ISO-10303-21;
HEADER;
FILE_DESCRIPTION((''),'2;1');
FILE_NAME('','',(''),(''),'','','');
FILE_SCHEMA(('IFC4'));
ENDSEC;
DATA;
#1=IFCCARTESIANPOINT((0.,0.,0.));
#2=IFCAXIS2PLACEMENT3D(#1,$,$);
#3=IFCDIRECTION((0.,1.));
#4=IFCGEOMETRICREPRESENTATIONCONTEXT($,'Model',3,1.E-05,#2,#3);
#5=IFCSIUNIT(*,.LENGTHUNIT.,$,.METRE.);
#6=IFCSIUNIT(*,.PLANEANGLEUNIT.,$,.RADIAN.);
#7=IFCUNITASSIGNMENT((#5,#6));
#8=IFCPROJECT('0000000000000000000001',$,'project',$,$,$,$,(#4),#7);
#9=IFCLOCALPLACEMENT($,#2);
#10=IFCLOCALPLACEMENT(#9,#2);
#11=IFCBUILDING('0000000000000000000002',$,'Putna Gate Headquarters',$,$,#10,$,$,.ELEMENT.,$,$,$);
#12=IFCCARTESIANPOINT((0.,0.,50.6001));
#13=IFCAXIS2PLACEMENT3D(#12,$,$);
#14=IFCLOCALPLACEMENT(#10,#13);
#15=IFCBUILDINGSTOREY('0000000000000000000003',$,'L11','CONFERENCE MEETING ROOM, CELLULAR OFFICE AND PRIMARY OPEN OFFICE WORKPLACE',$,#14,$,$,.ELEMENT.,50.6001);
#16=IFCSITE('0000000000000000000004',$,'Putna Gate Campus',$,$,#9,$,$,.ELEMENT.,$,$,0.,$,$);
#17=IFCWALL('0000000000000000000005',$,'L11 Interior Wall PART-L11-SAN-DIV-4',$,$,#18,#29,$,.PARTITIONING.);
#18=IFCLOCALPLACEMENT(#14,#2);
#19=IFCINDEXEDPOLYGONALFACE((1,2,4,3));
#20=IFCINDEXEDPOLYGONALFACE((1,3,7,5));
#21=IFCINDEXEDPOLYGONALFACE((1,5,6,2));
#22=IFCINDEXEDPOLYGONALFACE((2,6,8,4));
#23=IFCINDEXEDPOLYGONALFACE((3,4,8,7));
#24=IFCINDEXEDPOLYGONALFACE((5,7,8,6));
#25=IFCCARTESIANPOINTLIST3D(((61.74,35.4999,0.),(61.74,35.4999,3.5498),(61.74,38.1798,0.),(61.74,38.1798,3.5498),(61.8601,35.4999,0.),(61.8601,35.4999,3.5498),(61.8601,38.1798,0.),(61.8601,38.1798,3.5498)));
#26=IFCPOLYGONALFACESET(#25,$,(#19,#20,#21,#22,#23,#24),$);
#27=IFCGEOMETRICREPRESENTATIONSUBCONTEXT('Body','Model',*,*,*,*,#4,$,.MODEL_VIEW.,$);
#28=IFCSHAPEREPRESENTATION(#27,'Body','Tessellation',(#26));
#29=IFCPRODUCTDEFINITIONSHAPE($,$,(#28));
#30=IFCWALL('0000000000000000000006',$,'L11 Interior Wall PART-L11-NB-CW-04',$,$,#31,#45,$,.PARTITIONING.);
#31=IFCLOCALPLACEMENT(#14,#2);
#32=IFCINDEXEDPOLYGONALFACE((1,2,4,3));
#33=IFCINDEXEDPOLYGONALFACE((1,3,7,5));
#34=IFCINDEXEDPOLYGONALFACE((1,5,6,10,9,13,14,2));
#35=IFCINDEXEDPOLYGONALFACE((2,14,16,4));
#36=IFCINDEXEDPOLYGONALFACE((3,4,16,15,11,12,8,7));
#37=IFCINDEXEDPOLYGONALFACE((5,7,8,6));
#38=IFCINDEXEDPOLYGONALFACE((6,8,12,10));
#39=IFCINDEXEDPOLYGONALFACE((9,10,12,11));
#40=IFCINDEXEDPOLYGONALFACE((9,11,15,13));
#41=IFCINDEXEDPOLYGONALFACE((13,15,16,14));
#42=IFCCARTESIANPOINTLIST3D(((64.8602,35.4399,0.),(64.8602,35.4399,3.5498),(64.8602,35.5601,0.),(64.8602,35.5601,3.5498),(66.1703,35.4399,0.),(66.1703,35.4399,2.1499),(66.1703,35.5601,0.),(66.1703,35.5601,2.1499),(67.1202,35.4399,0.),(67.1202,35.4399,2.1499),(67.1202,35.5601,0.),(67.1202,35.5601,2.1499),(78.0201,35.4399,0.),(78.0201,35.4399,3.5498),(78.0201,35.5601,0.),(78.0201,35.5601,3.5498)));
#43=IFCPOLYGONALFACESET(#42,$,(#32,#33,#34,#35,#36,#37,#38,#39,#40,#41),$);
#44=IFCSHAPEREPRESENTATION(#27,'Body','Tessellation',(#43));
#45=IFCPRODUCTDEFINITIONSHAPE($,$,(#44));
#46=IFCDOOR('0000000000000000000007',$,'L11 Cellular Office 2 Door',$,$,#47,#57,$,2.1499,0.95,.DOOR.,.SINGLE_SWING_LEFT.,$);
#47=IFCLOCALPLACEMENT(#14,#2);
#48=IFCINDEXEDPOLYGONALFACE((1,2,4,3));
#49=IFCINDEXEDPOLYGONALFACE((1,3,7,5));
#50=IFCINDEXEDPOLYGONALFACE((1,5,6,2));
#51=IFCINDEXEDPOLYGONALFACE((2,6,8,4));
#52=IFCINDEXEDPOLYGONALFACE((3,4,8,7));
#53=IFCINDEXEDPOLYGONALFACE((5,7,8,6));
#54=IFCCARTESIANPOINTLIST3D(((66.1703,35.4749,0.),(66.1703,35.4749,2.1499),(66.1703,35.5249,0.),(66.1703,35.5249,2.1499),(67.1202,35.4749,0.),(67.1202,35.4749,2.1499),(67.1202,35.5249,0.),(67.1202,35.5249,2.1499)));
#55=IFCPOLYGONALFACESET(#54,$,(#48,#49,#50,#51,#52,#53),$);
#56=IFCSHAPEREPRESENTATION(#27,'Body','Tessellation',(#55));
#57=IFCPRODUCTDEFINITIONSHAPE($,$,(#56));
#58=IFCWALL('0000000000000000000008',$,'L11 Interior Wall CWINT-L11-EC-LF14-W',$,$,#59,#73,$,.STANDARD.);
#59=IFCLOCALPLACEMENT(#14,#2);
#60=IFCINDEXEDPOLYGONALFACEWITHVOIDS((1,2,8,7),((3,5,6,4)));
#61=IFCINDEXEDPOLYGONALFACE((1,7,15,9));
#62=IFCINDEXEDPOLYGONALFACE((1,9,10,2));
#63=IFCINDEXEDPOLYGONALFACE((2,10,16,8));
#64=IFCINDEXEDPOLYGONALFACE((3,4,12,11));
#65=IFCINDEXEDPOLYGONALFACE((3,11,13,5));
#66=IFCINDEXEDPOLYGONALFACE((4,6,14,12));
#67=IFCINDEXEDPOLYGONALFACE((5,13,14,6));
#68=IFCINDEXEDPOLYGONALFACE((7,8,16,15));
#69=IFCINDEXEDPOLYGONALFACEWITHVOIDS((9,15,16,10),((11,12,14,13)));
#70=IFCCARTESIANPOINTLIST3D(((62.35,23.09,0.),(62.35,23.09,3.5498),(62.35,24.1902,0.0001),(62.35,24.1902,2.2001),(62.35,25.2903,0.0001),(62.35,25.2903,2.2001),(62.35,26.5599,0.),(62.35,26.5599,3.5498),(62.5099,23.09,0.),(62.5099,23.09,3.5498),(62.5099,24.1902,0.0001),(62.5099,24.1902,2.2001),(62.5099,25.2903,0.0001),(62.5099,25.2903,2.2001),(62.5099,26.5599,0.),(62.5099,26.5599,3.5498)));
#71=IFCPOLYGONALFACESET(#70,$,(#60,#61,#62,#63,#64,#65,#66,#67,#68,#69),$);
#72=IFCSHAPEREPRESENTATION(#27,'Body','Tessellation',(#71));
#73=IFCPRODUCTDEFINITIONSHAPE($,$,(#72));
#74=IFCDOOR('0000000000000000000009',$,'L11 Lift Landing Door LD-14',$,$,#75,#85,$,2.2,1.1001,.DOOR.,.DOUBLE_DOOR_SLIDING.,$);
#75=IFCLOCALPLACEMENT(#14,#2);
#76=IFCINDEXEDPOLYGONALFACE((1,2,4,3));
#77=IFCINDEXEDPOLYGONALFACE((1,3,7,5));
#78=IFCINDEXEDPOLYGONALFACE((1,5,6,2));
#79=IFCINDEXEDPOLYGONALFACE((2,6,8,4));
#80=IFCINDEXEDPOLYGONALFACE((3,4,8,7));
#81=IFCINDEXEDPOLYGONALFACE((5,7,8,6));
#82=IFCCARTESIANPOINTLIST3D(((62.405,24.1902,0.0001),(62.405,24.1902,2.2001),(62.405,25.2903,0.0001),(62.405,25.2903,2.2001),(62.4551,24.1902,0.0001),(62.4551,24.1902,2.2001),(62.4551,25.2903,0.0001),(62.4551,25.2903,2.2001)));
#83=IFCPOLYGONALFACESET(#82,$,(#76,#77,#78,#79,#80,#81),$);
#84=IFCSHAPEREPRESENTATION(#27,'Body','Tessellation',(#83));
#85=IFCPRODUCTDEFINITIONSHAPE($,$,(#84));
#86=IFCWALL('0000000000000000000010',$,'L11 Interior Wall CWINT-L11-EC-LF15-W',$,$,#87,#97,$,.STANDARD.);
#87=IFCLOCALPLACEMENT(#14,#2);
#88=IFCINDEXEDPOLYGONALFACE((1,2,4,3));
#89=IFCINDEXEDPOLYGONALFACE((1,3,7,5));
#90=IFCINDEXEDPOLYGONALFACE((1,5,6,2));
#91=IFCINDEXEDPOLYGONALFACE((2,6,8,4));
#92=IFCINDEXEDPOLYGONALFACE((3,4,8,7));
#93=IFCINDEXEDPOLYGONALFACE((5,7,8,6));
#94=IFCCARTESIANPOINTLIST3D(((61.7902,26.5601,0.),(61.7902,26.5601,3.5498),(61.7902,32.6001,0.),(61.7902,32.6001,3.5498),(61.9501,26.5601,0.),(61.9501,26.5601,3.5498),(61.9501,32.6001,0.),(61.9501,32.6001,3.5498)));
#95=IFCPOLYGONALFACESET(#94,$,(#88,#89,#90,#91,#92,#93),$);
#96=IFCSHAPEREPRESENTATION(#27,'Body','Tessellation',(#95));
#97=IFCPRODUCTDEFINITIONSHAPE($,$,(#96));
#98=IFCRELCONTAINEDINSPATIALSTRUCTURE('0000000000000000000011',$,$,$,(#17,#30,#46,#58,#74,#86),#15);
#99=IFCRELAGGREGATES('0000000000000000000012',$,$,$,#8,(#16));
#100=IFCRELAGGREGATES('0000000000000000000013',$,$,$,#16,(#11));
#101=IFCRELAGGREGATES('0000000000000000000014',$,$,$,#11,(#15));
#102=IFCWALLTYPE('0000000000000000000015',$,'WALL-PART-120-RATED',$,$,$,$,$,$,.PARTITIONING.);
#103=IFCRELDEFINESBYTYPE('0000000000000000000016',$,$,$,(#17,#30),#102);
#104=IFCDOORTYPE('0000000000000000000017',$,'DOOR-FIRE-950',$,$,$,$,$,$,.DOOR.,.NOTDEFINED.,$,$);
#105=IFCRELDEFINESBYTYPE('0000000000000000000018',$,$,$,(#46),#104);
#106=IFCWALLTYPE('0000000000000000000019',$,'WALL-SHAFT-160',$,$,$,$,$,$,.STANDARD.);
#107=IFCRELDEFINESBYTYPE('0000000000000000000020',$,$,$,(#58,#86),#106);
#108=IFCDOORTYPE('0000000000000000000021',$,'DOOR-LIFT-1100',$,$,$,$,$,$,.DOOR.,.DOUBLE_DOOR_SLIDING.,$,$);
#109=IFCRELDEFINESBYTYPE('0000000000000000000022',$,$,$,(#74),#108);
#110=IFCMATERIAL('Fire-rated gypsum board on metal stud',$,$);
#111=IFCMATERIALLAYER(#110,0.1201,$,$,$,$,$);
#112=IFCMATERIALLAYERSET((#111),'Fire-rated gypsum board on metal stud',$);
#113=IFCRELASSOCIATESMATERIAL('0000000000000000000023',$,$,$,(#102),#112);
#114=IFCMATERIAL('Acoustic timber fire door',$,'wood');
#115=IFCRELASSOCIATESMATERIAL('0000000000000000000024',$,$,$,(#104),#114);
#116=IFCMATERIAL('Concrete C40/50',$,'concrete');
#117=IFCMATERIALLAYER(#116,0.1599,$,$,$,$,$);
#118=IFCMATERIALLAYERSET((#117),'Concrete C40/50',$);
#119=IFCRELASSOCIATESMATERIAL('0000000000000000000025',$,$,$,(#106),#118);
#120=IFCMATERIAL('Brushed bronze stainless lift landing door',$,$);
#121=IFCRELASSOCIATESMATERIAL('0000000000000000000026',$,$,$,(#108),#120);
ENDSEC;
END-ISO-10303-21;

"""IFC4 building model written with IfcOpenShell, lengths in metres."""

from ifc_helpers import new_model, si_unit, direction, frame, frame_2d, origin, place, context, subcontext, project, spatial, rectangle, extrude, material, layer, layer_set, type_object, element, fill, save


model = new_model("IFC4")

# Units and contexts
model_context = context("Model", 3, precision=1e-05, world=origin(), true_north=direction((0.0, 1.0)))
body_context = subcontext(model_context, "Body", "Model", "MODEL_VIEW")
ifc_project = project(units=[si_unit("LENGTHUNIT", "METRE"), si_unit("PLANEANGLEUNIT", "RADIAN")], contexts=[model_context])

# Site, building, storey
site_placement = place(None, origin())
site = spatial("IfcSite", under=ifc_project, at=site_placement, Name="Putna Gate Campus", CompositionType="ELEMENT", RefElevation=0.0)
building_placement = place(site_placement, origin())
building = spatial("IfcBuilding", under=site, at=building_placement, Name="Putna Gate Headquarters", CompositionType="ELEMENT")
storey_placement = place(building_placement, frame((0.0, 0.0, 50.6001)))
storey = spatial("IfcBuildingStorey", under=building, at=storey_placement, Name="L11", Description="CONFERENCE MEETING ROOM, CELLULAR OFFICE AND PRIMARY OPEN OFFICE WORKPLACE", CompositionType="ELEMENT", Elevation=50.6001)

# Wall
ifc_material_1 = material(Name="Fire-rated gypsum board on metal stud")
ifc_layer_1 = layer(ifc_material_1, 0.1201)
ifc_layer_set_1 = layer_set([ifc_layer_1], Name="Fire-rated gypsum board on metal stud")
wall_type_1 = type_object("IfcWallType", Name="WALL-PART-120-RATED", PredefinedType="PARTITIONING", material=ifc_layer_set_1)
for number, where, z_axis, x_axis, name in (
    (1, (61.8, 35.5, 0.0), (0.0, 0.0, 1.0), (0.0, 1.0, 0.0), "L11 Interior Wall PART-L11-SAN-DIV-4"),
):
    element("IfcWall", number, at=place(storey_placement, frame(where, z_axis=z_axis, x_axis=x_axis)), inside=storey, type_object=wall_type_1, Name=name, PredefinedType="PARTITIONING", context=body_context, shape_type="SweptSolid", body=[
        extrude(rectangle(XDim=2.6799, YDim=0.1201, at=frame_2d((1.3398, 0.0))), origin(), (0.0, 0.0, 1.0), 3.5498),
    ])

# Walls, openings, doors
wall_1_placement = place(storey_placement, frame((64.8601, 35.5, 0.0), z_axis=(0.0, 0.0, 1.0), x_axis=(1.0, 0.0, 0.0)))
wall_1 = element("IfcWall", 2, at=wall_1_placement, inside=storey, type_object=wall_type_1, Name="L11 Interior Wall PART-L11-NB-CW-04", PredefinedType="PARTITIONING", context=body_context, shape_type="SweptSolid", body=[
    extrude(rectangle(XDim=13.1599, YDim=0.1201, at=frame_2d((6.5801, 0.0))), origin(), (0.0, 0.0, 1.0), 3.5498),
])
opening_1_placement = place(wall_1_placement, frame((1.3101, 0.0, 0.0)))
opening_1 = element("IfcOpeningElement", 3, at=opening_1_placement, cuts=wall_1, PredefinedType="OPENING", context=body_context, shape_type="SweptSolid", body=[
    extrude(rectangle(XDim=0.95, YDim=2.1499, at=frame_2d((0.4751, 1.075))), frame((0.0, 0.0701, 0.0), z_axis=(0.0, -1.0, 0.0), x_axis=(1.0, 0.0, 0.0)), (0.0, 0.0, 1.0), 0.1401),
])
ifc_material_2 = material(Name="Acoustic timber fire door", Category="wood")
door_type_1 = type_object("IfcDoorType", Name="DOOR-FIRE-950", OperationType="NOTDEFINED", PredefinedType="DOOR", material=ifc_material_2)
door_1_placement = place(opening_1_placement, origin())
door_1 = element("IfcDoor", 4, at=door_1_placement, inside=storey, type_object=door_type_1, Name="L11 Cellular Office 2 Door", OperationType="SINGLE_SWING_LEFT", OverallHeight=2.1499, OverallWidth=0.95, PredefinedType="DOOR", context=body_context, shape_type="SweptSolid", body=[
    extrude(rectangle(XDim=0.95, YDim=2.1499, at=frame_2d((0.4751, 1.075))), frame((0.0, 0.0249, 0.0), z_axis=(0.0, -1.0, 0.0), x_axis=(1.0, 0.0, 0.0)), (0.0, 0.0, 1.0), 0.05),
])
fill(opening_1, door_1)
ifc_material_3 = material(Name="Concrete C40/50", Category="concrete")
ifc_layer_2 = layer(ifc_material_3, 0.1599)
ifc_layer_set_2 = layer_set([ifc_layer_2], Name="Concrete C40/50")
wall_type_2 = type_object("IfcWallType", Name="WALL-SHAFT-160", PredefinedType="STANDARD", material=ifc_layer_set_2)
wall_2_placement = place(storey_placement, frame((62.4299, 23.0901, 0.0), z_axis=(0.0, 0.0, 1.0), x_axis=(0.0, 1.0, 0.0)))
wall_2 = element("IfcWall", 5, at=wall_2_placement, inside=storey, type_object=wall_type_2, Name="L11 Interior Wall CWINT-L11-EC-LF14-W", PredefinedType="STANDARD", context=body_context, shape_type="SweptSolid", body=[
    extrude(rectangle(XDim=3.47, YDim=0.1599, at=frame_2d((1.7349, 0.0))), origin(), (0.0, 0.0, 1.0), 3.5498),
])
opening_2_placement = place(wall_2_placement, frame((1.1001, 0.0, 0.0)))
opening_2 = element("IfcOpeningElement", 6, at=opening_2_placement, cuts=wall_2, PredefinedType="OPENING", context=body_context, shape_type="SweptSolid", body=[
    extrude(rectangle(XDim=1.1001, YDim=2.2, at=frame_2d((0.55, 1.1001))), frame((0.0, 0.0898, 0.0), z_axis=(0.0, -1.0, 0.0), x_axis=(1.0, 0.0, 0.0)), (0.0, 0.0, 1.0), 0.1799),
])
ifc_material_4 = material(Name="Brushed bronze stainless lift landing door")
door_type_2 = type_object("IfcDoorType", Name="DOOR-LIFT-1100", OperationType="DOUBLE_DOOR_SLIDING", PredefinedType="DOOR", material=ifc_material_4)
door_2_placement = place(opening_2_placement, origin())
door_2 = element("IfcDoor", 7, at=door_2_placement, inside=storey, type_object=door_type_2, Name="L11 Lift Landing Door LD-14", OperationType="DOUBLE_DOOR_SLIDING", OverallHeight=2.2, OverallWidth=1.1001, PredefinedType="DOOR", context=body_context, shape_type="SweptSolid", body=[
    extrude(rectangle(XDim=1.1001, YDim=2.2, at=frame_2d((0.55, 1.1001))), frame((0.0, 0.0249, 0.0), z_axis=(0.0, -1.0, 0.0), x_axis=(1.0, 0.0, 0.0)), (0.0, 0.0, 1.0), 0.05),
])
fill(opening_2, door_2)

# Wall
wall_3_placement = place(storey_placement, frame((61.8701, 26.5601, 0.0), z_axis=(0.0, 0.0, 1.0), x_axis=(0.0, 1.0, 0.0)))
element("IfcWall", 8, at=wall_3_placement, inside=storey, type_object=wall_type_2, Name="L11 Interior Wall CWINT-L11-EC-LF15-W", PredefinedType="STANDARD", context=body_context, shape_type="SweptSolid", body=[
    extrude(rectangle(XDim=6.04, YDim=0.1599, at=frame_2d((3.02, 0.0))), origin(), (0.0, 0.0, 1.0), 3.5498),
])

save(model, "model.ifc")
